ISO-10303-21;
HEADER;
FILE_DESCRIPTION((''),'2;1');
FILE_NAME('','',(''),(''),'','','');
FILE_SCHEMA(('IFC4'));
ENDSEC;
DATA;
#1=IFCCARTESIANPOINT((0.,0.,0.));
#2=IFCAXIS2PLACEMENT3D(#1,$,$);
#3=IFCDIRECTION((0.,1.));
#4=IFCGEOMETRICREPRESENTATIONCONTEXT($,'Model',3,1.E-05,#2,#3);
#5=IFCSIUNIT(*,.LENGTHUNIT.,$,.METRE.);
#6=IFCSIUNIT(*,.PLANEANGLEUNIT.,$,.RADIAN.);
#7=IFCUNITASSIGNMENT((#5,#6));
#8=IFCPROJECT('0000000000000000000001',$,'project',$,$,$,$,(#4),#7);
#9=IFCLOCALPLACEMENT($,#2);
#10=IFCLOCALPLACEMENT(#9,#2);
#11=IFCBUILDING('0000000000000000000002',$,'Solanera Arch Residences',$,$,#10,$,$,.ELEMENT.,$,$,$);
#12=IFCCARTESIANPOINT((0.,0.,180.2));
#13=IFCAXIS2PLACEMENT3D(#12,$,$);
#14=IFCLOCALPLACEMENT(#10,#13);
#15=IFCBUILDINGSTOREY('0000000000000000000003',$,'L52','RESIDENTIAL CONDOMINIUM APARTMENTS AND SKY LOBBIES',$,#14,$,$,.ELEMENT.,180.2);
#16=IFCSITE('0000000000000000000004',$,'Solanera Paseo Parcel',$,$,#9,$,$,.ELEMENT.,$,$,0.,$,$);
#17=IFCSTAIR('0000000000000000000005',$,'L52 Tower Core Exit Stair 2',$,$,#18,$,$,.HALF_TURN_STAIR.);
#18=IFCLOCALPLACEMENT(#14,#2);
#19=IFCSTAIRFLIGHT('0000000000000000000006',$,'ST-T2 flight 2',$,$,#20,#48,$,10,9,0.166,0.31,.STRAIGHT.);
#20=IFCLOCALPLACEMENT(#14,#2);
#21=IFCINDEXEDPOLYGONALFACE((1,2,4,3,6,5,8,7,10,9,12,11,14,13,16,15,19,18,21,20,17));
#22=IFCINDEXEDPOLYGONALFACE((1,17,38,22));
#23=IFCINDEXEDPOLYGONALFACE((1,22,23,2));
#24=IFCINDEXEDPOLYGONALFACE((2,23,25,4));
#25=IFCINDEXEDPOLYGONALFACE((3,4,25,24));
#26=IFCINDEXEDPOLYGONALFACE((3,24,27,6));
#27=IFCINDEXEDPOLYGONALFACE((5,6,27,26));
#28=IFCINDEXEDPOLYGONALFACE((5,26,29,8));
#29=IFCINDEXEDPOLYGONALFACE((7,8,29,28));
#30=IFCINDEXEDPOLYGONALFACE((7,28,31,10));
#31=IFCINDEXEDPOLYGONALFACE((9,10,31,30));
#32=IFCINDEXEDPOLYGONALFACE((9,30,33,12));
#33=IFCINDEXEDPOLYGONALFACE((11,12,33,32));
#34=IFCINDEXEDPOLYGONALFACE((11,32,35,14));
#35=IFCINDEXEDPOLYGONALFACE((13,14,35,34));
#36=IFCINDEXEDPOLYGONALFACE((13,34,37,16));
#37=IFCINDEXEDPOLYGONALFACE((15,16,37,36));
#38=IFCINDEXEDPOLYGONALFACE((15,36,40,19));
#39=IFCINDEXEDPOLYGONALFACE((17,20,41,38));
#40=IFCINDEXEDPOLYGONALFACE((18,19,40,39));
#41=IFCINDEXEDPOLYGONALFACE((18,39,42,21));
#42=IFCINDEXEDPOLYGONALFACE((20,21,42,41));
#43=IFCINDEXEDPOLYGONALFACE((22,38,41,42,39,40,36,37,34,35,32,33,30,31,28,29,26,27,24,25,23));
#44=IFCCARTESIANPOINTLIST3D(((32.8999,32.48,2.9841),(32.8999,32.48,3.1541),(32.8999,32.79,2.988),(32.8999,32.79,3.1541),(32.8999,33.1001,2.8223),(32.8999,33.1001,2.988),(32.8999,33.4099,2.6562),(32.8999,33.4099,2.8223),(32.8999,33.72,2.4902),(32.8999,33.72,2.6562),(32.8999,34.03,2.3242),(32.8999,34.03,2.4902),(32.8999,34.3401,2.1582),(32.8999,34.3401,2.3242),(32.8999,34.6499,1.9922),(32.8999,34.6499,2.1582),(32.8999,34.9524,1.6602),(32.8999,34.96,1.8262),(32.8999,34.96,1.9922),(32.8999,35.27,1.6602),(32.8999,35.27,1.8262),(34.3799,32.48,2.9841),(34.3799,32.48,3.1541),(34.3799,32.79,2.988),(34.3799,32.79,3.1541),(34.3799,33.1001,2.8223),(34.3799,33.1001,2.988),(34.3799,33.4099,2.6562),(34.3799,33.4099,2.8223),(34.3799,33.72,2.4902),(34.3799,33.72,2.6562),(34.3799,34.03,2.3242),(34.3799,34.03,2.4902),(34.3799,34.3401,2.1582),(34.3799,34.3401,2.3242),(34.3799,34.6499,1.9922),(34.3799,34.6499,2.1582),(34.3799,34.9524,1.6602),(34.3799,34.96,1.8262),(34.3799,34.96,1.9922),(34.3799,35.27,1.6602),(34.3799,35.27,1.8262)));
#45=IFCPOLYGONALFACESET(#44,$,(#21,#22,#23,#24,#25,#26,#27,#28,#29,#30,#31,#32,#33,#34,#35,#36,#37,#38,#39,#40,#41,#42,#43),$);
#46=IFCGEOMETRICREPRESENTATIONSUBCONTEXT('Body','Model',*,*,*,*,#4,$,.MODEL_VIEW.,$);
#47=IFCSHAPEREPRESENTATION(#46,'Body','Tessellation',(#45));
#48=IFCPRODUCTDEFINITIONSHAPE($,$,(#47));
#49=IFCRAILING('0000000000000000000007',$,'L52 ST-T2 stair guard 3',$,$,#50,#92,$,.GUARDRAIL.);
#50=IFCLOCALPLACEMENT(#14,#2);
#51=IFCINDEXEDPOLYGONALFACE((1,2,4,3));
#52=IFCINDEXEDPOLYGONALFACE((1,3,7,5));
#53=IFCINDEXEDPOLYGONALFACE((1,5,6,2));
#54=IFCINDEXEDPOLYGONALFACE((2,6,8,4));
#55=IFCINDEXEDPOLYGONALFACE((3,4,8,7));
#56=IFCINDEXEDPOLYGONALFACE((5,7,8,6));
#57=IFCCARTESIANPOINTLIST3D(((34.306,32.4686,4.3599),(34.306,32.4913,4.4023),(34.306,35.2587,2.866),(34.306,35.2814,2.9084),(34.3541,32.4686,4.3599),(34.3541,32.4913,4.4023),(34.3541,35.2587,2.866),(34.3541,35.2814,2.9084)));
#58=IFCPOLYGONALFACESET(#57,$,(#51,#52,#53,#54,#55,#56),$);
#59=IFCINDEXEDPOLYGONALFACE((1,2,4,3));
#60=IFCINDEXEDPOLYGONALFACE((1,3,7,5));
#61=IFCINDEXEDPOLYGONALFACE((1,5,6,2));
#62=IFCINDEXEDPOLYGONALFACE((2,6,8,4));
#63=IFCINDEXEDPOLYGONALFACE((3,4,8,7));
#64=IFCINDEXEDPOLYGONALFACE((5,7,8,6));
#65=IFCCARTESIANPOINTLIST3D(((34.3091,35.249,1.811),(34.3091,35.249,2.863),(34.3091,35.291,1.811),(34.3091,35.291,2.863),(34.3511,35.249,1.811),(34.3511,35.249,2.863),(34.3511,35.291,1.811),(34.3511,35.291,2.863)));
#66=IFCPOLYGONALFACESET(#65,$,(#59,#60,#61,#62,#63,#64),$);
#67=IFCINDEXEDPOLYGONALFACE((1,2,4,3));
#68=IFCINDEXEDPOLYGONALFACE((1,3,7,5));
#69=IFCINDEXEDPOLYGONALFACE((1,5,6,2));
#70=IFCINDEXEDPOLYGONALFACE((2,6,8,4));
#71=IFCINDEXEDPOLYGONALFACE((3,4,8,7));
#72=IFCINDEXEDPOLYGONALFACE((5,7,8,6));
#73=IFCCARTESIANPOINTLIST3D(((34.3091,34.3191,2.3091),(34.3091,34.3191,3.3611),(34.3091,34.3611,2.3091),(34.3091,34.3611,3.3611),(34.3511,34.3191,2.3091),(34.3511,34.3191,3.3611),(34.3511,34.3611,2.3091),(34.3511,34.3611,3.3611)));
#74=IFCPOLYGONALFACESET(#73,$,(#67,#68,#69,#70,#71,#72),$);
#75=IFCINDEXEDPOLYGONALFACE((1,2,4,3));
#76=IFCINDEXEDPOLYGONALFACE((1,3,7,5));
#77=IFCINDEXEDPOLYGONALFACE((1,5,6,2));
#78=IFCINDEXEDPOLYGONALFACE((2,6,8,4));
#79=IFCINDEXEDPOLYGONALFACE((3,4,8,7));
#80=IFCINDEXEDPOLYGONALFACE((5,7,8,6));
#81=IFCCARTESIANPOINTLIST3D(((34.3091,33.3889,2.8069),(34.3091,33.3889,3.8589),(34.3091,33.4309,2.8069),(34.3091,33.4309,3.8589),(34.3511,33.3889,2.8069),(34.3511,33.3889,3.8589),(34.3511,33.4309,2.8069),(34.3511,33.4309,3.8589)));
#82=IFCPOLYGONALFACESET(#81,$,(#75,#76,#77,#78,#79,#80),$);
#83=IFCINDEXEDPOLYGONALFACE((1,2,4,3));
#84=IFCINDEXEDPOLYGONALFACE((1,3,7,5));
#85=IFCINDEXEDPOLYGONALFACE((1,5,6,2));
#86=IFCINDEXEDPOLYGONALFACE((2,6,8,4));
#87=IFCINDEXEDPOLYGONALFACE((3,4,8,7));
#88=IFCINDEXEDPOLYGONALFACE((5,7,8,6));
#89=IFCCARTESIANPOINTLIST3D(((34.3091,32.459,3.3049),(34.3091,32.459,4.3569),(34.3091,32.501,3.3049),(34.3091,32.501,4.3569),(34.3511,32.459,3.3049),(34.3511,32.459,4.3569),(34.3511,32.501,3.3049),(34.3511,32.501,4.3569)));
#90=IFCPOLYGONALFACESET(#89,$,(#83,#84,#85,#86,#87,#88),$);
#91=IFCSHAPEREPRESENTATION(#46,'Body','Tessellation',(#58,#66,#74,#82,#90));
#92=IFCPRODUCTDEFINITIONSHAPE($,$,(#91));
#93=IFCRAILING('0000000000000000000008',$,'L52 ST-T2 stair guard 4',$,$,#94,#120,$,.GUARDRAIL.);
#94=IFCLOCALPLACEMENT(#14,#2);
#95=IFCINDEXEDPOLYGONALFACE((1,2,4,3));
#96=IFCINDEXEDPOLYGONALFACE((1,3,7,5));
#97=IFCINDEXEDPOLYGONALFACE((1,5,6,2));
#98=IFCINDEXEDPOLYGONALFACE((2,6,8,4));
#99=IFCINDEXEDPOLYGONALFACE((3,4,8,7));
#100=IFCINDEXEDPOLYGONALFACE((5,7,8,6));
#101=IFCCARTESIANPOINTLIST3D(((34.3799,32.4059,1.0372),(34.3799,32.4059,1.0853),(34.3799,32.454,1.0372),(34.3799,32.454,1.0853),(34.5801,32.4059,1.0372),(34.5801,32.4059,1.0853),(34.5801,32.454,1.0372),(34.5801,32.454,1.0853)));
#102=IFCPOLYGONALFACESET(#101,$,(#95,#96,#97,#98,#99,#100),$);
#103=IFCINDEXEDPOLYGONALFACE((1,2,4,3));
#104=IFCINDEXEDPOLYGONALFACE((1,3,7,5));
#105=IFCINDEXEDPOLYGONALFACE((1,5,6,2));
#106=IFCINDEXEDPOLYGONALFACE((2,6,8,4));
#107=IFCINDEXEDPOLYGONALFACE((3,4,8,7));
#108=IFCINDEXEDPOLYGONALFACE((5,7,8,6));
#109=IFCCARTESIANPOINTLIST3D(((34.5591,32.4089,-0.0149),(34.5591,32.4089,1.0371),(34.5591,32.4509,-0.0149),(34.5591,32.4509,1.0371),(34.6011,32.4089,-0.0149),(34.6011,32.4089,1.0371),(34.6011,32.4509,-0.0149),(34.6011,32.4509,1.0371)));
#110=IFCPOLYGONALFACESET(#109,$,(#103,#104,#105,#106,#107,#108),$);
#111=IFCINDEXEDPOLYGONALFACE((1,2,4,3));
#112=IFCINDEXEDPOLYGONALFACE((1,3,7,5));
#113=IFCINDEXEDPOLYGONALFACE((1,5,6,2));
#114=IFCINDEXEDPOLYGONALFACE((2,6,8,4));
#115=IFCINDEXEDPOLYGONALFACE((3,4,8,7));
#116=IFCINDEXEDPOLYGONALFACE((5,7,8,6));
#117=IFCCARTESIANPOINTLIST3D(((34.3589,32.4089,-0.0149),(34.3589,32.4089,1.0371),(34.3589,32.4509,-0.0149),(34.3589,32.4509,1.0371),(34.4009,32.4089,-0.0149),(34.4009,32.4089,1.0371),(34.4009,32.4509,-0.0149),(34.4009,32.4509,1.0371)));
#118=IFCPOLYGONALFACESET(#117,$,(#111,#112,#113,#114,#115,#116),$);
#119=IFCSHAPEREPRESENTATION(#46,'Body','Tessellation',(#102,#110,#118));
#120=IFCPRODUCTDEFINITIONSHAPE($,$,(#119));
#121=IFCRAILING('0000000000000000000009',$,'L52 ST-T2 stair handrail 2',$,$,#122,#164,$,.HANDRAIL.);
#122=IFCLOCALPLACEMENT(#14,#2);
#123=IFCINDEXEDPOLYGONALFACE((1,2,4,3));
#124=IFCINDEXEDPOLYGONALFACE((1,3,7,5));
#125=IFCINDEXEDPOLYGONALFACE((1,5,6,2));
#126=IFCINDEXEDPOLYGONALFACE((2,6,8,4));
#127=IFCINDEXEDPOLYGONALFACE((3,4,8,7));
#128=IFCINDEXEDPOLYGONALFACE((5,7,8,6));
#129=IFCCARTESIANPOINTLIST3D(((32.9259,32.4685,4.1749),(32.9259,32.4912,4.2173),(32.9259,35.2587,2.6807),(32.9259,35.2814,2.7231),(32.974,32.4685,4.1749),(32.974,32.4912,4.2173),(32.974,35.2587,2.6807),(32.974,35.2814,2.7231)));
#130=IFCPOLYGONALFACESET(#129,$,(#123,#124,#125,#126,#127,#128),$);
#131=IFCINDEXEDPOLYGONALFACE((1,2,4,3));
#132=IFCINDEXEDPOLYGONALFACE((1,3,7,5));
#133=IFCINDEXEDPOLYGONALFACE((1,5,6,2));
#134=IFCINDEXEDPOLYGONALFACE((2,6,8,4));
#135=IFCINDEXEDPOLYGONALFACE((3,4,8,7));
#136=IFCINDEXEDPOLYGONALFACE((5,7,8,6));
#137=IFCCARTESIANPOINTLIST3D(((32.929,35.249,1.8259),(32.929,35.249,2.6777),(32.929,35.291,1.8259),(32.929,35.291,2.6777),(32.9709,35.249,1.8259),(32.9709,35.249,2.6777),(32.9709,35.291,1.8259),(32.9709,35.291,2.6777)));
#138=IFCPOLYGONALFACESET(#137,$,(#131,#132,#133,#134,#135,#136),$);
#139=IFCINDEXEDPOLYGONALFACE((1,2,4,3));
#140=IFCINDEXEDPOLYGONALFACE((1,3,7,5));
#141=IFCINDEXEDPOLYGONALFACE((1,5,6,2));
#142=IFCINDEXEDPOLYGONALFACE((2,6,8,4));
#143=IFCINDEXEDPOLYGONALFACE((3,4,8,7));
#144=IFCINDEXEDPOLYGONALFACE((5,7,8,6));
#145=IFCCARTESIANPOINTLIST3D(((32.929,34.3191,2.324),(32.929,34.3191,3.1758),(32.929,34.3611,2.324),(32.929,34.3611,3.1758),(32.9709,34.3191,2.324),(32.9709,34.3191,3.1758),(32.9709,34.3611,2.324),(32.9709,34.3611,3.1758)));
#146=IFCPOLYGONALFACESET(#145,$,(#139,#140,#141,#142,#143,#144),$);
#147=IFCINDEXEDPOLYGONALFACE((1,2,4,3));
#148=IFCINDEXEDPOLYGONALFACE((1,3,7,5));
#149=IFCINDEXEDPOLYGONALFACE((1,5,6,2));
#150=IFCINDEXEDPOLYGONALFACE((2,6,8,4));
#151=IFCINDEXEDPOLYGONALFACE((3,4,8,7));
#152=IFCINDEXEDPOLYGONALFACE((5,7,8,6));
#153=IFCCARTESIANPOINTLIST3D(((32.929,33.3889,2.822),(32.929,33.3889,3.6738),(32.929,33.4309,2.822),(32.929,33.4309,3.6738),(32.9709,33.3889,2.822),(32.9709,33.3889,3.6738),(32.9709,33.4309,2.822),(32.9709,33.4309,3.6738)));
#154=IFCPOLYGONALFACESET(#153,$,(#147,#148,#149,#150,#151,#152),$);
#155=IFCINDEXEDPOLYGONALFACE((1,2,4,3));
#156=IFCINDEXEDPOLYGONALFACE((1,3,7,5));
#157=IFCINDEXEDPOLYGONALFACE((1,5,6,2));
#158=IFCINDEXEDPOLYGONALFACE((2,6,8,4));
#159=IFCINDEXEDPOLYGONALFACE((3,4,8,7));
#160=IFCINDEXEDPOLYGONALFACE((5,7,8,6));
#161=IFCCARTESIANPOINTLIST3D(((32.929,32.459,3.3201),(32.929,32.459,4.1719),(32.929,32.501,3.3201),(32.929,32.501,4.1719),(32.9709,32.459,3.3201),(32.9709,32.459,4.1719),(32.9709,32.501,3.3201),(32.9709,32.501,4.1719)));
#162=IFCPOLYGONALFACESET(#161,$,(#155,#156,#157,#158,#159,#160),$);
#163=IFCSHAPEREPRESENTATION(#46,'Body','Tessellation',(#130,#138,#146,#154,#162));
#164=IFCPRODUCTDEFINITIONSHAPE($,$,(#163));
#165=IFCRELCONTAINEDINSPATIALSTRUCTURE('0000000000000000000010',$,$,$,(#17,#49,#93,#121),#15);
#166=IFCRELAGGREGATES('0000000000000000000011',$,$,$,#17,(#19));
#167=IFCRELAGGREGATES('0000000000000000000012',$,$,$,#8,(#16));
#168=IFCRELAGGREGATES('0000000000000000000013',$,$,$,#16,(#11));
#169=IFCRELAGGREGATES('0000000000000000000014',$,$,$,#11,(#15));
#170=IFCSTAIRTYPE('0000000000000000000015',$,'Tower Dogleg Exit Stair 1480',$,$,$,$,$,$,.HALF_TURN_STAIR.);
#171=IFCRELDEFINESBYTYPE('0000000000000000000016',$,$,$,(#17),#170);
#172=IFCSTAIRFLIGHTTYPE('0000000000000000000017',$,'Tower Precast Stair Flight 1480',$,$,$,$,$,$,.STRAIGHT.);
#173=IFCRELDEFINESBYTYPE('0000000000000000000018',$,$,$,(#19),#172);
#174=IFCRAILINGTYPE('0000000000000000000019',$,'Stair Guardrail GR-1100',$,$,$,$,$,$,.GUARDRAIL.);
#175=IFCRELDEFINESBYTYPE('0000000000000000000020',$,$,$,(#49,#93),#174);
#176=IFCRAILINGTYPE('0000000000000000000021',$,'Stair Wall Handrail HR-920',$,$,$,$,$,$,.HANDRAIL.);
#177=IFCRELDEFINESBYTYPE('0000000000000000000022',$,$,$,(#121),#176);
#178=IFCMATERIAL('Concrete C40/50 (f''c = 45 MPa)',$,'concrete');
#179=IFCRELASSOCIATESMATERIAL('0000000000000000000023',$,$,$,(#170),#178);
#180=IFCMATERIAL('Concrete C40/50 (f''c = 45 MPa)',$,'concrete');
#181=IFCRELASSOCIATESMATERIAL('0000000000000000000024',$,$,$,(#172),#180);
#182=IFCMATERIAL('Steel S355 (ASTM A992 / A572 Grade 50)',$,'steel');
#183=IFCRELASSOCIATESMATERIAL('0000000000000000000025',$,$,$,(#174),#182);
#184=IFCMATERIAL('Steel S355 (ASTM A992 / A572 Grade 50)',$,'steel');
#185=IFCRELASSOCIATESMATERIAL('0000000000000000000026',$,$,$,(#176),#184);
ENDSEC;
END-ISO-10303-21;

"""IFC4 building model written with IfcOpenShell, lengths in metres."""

from ifc_helpers import new_model, si_unit, direction, frame, origin, origin_2d, place, context, subcontext, project, spatial, polyline, rectangle, outline, extrude, material, type_object, element, aggregate, save


model = new_model("IFC4")

# Units and contexts
model_context = context("Model", 3, precision=1e-05, world=origin(), true_north=direction((0.0, 1.0)))
body_context = subcontext(model_context, "Body", "Model", "MODEL_VIEW")
ifc_project = project(units=[si_unit("LENGTHUNIT", "METRE"), si_unit("PLANEANGLEUNIT", "RADIAN")], contexts=[model_context])

# Site, building, storey
site_placement = place(None, origin())
site = spatial("IfcSite", under=ifc_project, at=site_placement, Name="Solanera Paseo Parcel", CompositionType="ELEMENT", RefElevation=0.0)
building_placement = place(site_placement, origin())
building = spatial("IfcBuilding", under=site, at=building_placement, Name="Solanera Arch Residences", CompositionType="ELEMENT")
storey_placement = place(building_placement, frame((0.0, 0.0, 180.2)))
storey = spatial("IfcBuildingStorey", under=building, at=storey_placement, Name="L52", Description="RESIDENTIAL CONDOMINIUM APARTMENTS AND SKY LOBBIES", CompositionType="ELEMENT", Elevation=180.2)

# Stair, stair flight
ifc_material_1 = material(Name="Concrete C40/50 (f'c = 45 MPa)", Category="concrete")
stair_type = type_object("IfcStairType", Name="Tower Dogleg Exit Stair 1480", PredefinedType="HALF_TURN_STAIR", material=ifc_material_1)
stair_placement = place(storey_placement, origin())
stair = element("IfcStair", 1, at=stair_placement, inside=storey, type_object=stair_type, Name="L52 Tower Core Exit Stair 2", PredefinedType="HALF_TURN_STAIR")
ifc_material_2 = material(Name="Concrete C40/50 (f'c = 45 MPa)", Category="concrete")
stair_flight_type = type_object("IfcStairFlightType", Name="Tower Precast Stair Flight 1480", PredefinedType="STRAIGHT", material=ifc_material_2)
stair_flight_placement = place(storey_placement, frame((33.6399, 35.27, 1.6602), z_axis=(0.0, 0.0, 1.0), x_axis=(0.0, -1.0, 0.0)))
stair_flight = element("IfcStairFlight", 2, at=stair_flight_placement, type_object=stair_flight_type, Name="ST-T2 flight 2", NumberOfRisers=10, NumberOfTreads=9, PredefinedType="STRAIGHT", RiserHeight=0.166, TreadLength=0.31, context=body_context, shape_type="SweptSolid", body=[
    extrude(outline(polyline([(0.0, 0.0), (0.0, 0.166), (0.3101, 0.166), (0.3101, 0.332), (0.6201, 0.332), (0.6201, 0.498), (0.9299, 0.498), (0.9299, 0.6641), (1.24, 0.6641), (1.24, 0.8301), (1.55, 0.8301), (1.55, 0.9961), (1.8601, 0.9961), (1.8601, 1.1621), (2.1699, 1.1621), (2.1699, 1.3279), (2.48, 1.3279), (2.48, 1.4939), (2.79, 1.4939), (2.79, 1.6599), (2.79, 1.324), (0.3176, 0.0), (0.0, 0.0)])), frame((0.0, 0.74, 0.0), z_axis=(0.0, -1.0, 0.0), x_axis=(1.0, 0.0, 0.0)), (0.0, 0.0, 1.0), 1.48),
])
aggregate(stair, [stair_flight])

# Railings
ifc_material_3 = material(Name="Steel S355 (ASTM A992 / A572 Grade 50)", Category="steel")
railing_type_1 = type_object("IfcRailingType", Name="Stair Guardrail GR-1100", PredefinedType="GUARDRAIL", material=ifc_material_3)
railing_1_placement = place(storey_placement, frame((34.3301, 35.27, 1.811)))
element("IfcRailing", 3, at=railing_1_placement, inside=storey, type_object=railing_type_1, Name="L52 ST-T2 stair guard 3", PredefinedType="GUARDRAIL", context=body_context, shape_type="SweptSolid", body=[
    extrude(rectangle(XDim=0.0481, YDim=0.0481, at=origin_2d()), frame((0.0, 0.0, 1.0762), z_axis=(0.0, -0.881581, 0.472033), x_axis=(1.0, 0.0, 0.0)), (0.0, 0.0, 1.0), 3.1648),
    extrude(rectangle(XDim=0.042, YDim=0.042, at=origin_2d()), origin(), (0.0, 0.0, 1.0), 1.052),
    extrude(rectangle(XDim=0.042, YDim=0.042, at=origin_2d()), frame((0.0, -0.9299, 0.498)), (0.0, 0.0, 1.0), 1.052),
    extrude(rectangle(XDim=0.042, YDim=0.042, at=origin_2d()), frame((0.0, -1.8601, 0.9958)), (0.0, 0.0, 1.0), 1.052),
    extrude(rectangle(XDim=0.042, YDim=0.042, at=origin_2d()), frame((0.0, -2.79, 1.4939)), (0.0, 0.0, 1.0), 1.052),
])
railing_2_placement = place(storey_placement, frame((34.5801, 32.4299, -0.0149)))
element("IfcRailing", 4, at=railing_2_placement, inside=storey, type_object=railing_type_1, Name="L52 ST-T2 stair guard 4", PredefinedType="GUARDRAIL", context=body_context, shape_type="SweptSolid", body=[
    extrude(rectangle(XDim=0.0481, YDim=0.0481, at=origin_2d()), frame((0.0, 0.0, 1.0762), z_axis=(-1.0, 0.0, 0.0), x_axis=(0.0, -1.0, 0.0)), (0.0, 0.0, 1.0), 0.2002),
    extrude(rectangle(XDim=0.042, YDim=0.042, at=origin_2d()), origin(), (0.0, 0.0, 1.0), 1.052),
    extrude(rectangle(XDim=0.042, YDim=0.042, at=origin_2d()), frame((-0.2002, 0.0, 0.0)), (0.0, 0.0, 1.0), 1.052),
])
ifc_material_4 = material(Name="Steel S355 (ASTM A992 / A572 Grade 50)", Category="steel")
railing_type_2 = type_object("IfcRailingType", Name="Stair Wall Handrail HR-920", PredefinedType="HANDRAIL", material=ifc_material_4)
railing_3_placement = place(storey_placement, frame((32.95, 35.27, 1.8259)))
element("IfcRailing", 5, at=railing_3_placement, inside=storey, type_object=railing_type_2, Name="L52 ST-T2 stair handrail 2", PredefinedType="HANDRAIL", context=body_context, shape_type="SweptSolid", body=[
    extrude(rectangle(XDim=0.0481, YDim=0.0481, at=origin_2d()), frame((0.0, 0.0, 0.876), z_axis=(0.0, -0.881549, 0.472093), x_axis=(1.0, 0.0, 0.0)), (0.0, 0.0, 1.0), 3.165),
    extrude(rectangle(XDim=0.042, YDim=0.042, at=origin_2d()), origin(), (0.0, 0.0, 1.0), 0.8518),
    extrude(rectangle(XDim=0.042, YDim=0.042, at=origin_2d()), frame((0.0, -0.9299, 0.498)), (0.0, 0.0, 1.0), 0.8518),
    extrude(rectangle(XDim=0.042, YDim=0.042, at=origin_2d()), frame((0.0, -1.8601, 0.9961)), (0.0, 0.0, 1.0), 0.8518),
    extrude(rectangle(XDim=0.042, YDim=0.042, at=origin_2d()), frame((0.0, -2.79, 1.4941)), (0.0, 0.0, 1.0), 0.8518),
])

save(model, "model.ifc")
